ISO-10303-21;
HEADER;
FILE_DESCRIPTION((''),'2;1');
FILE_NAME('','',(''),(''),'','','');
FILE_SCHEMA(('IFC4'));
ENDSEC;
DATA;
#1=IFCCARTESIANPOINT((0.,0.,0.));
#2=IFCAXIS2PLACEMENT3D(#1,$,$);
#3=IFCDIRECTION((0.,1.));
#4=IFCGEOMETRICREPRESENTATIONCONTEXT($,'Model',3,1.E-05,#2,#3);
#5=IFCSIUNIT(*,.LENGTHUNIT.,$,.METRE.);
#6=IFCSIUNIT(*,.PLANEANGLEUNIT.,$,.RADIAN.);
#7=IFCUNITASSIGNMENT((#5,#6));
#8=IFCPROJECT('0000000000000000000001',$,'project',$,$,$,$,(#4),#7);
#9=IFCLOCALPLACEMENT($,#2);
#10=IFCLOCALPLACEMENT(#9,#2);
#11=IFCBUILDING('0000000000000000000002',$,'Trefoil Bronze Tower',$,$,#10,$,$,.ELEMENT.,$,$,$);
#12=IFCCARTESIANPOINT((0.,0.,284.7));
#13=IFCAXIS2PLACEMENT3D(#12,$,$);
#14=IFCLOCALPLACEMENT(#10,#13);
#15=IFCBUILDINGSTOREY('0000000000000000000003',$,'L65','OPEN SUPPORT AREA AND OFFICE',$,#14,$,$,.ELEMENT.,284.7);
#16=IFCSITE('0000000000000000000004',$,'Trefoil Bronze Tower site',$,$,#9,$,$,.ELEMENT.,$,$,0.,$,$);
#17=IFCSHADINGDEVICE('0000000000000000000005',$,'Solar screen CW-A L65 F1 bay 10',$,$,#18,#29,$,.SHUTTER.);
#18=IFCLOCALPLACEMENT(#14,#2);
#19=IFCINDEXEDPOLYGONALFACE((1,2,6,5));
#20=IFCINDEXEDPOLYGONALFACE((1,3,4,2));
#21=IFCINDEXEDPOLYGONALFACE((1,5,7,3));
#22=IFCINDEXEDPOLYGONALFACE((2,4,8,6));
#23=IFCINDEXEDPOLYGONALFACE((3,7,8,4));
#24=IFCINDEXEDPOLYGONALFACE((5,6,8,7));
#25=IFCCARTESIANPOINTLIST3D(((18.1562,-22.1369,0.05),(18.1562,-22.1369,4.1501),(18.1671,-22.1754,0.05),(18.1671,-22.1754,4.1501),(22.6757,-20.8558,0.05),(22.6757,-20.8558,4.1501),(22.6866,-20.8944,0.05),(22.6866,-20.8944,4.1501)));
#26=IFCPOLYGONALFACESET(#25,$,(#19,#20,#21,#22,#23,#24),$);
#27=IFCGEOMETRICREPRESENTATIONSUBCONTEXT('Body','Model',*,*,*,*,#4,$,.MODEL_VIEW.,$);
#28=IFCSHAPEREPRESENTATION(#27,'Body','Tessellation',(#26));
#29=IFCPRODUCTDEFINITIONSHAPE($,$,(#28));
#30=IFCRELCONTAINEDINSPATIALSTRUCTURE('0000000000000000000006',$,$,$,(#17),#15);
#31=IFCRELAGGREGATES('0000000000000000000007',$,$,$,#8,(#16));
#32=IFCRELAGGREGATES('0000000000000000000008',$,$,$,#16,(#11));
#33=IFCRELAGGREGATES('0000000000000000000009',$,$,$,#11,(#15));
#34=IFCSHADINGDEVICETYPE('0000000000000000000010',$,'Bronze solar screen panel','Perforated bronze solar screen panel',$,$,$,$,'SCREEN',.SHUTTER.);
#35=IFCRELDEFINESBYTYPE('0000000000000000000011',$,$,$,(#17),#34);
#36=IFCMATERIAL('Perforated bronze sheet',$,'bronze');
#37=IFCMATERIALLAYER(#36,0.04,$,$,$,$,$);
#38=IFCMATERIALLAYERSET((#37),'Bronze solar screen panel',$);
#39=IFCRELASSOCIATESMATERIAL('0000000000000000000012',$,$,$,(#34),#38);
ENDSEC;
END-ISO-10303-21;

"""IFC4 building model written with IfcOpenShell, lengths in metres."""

from ifc_helpers import new_model, si_unit, direction, frame, origin, origin_2d, place, context, subcontext, project, spatial, rectangle, extrude, material, layer, layer_set, type_object, element, save


model = new_model("IFC4")

# Units and contexts
model_context = context("Model", 3, precision=1e-05, world=origin(), true_north=direction((0.0, 1.0)))
body_context = subcontext(model_context, "Body", "Model", "MODEL_VIEW")
ifc_project = project(units=[si_unit("LENGTHUNIT", "METRE"), si_unit("PLANEANGLEUNIT", "RADIAN")], contexts=[model_context])

# Site, building, storey
site_placement = place(None, origin())
site = spatial("IfcSite", under=ifc_project, at=site_placement, Name="Trefoil Bronze Tower site", CompositionType="ELEMENT", RefElevation=0.0)
building_placement = place(site_placement, origin())
building = spatial("IfcBuilding", under=site, at=building_placement, Name="Trefoil Bronze Tower", CompositionType="ELEMENT")
storey_placement = place(building_placement, frame((0.0, 0.0, 284.7)))
storey = spatial("IfcBuildingStorey", under=building, at=storey_placement, Name="L65", Description="OPEN SUPPORT AREA AND OFFICE", CompositionType="ELEMENT", Elevation=284.7)

# Shading device
ifc_material_1 = material(Name="Perforated bronze sheet", Category="bronze")
ifc_layer_1 = layer(ifc_material_1, 0.04)
ifc_layer_set_1 = layer_set([ifc_layer_1], Name="Bronze solar screen panel")
shading_device_type = type_object("IfcShadingDeviceType", Name="Bronze solar screen panel", Description="Perforated bronze solar screen panel", ElementType="SCREEN", PredefinedType="SHUTTER", material=ifc_layer_set_1)
shading_device_1_placement = place(storey_placement, frame((20.4214, -21.5156, 0.05), z_axis=(0.0, 0.0, 1.0), x_axis=(0.962098, 0.272705, 0.0)))
element("IfcShadingDevice", 1, at=shading_device_1_placement, inside=storey, type_object=shading_device_type, Name="Solar screen CW-A L65 F1 bay 10", PredefinedType="SHUTTER", context=body_context, shape_type="SweptSolid", body=[
    extrude(rectangle(XDim=4.6975, YDim=0.04, at=origin_2d()), origin(), (0.0, 0.0, 1.0), 4.1001),
])

save(model, "model.ifc")
